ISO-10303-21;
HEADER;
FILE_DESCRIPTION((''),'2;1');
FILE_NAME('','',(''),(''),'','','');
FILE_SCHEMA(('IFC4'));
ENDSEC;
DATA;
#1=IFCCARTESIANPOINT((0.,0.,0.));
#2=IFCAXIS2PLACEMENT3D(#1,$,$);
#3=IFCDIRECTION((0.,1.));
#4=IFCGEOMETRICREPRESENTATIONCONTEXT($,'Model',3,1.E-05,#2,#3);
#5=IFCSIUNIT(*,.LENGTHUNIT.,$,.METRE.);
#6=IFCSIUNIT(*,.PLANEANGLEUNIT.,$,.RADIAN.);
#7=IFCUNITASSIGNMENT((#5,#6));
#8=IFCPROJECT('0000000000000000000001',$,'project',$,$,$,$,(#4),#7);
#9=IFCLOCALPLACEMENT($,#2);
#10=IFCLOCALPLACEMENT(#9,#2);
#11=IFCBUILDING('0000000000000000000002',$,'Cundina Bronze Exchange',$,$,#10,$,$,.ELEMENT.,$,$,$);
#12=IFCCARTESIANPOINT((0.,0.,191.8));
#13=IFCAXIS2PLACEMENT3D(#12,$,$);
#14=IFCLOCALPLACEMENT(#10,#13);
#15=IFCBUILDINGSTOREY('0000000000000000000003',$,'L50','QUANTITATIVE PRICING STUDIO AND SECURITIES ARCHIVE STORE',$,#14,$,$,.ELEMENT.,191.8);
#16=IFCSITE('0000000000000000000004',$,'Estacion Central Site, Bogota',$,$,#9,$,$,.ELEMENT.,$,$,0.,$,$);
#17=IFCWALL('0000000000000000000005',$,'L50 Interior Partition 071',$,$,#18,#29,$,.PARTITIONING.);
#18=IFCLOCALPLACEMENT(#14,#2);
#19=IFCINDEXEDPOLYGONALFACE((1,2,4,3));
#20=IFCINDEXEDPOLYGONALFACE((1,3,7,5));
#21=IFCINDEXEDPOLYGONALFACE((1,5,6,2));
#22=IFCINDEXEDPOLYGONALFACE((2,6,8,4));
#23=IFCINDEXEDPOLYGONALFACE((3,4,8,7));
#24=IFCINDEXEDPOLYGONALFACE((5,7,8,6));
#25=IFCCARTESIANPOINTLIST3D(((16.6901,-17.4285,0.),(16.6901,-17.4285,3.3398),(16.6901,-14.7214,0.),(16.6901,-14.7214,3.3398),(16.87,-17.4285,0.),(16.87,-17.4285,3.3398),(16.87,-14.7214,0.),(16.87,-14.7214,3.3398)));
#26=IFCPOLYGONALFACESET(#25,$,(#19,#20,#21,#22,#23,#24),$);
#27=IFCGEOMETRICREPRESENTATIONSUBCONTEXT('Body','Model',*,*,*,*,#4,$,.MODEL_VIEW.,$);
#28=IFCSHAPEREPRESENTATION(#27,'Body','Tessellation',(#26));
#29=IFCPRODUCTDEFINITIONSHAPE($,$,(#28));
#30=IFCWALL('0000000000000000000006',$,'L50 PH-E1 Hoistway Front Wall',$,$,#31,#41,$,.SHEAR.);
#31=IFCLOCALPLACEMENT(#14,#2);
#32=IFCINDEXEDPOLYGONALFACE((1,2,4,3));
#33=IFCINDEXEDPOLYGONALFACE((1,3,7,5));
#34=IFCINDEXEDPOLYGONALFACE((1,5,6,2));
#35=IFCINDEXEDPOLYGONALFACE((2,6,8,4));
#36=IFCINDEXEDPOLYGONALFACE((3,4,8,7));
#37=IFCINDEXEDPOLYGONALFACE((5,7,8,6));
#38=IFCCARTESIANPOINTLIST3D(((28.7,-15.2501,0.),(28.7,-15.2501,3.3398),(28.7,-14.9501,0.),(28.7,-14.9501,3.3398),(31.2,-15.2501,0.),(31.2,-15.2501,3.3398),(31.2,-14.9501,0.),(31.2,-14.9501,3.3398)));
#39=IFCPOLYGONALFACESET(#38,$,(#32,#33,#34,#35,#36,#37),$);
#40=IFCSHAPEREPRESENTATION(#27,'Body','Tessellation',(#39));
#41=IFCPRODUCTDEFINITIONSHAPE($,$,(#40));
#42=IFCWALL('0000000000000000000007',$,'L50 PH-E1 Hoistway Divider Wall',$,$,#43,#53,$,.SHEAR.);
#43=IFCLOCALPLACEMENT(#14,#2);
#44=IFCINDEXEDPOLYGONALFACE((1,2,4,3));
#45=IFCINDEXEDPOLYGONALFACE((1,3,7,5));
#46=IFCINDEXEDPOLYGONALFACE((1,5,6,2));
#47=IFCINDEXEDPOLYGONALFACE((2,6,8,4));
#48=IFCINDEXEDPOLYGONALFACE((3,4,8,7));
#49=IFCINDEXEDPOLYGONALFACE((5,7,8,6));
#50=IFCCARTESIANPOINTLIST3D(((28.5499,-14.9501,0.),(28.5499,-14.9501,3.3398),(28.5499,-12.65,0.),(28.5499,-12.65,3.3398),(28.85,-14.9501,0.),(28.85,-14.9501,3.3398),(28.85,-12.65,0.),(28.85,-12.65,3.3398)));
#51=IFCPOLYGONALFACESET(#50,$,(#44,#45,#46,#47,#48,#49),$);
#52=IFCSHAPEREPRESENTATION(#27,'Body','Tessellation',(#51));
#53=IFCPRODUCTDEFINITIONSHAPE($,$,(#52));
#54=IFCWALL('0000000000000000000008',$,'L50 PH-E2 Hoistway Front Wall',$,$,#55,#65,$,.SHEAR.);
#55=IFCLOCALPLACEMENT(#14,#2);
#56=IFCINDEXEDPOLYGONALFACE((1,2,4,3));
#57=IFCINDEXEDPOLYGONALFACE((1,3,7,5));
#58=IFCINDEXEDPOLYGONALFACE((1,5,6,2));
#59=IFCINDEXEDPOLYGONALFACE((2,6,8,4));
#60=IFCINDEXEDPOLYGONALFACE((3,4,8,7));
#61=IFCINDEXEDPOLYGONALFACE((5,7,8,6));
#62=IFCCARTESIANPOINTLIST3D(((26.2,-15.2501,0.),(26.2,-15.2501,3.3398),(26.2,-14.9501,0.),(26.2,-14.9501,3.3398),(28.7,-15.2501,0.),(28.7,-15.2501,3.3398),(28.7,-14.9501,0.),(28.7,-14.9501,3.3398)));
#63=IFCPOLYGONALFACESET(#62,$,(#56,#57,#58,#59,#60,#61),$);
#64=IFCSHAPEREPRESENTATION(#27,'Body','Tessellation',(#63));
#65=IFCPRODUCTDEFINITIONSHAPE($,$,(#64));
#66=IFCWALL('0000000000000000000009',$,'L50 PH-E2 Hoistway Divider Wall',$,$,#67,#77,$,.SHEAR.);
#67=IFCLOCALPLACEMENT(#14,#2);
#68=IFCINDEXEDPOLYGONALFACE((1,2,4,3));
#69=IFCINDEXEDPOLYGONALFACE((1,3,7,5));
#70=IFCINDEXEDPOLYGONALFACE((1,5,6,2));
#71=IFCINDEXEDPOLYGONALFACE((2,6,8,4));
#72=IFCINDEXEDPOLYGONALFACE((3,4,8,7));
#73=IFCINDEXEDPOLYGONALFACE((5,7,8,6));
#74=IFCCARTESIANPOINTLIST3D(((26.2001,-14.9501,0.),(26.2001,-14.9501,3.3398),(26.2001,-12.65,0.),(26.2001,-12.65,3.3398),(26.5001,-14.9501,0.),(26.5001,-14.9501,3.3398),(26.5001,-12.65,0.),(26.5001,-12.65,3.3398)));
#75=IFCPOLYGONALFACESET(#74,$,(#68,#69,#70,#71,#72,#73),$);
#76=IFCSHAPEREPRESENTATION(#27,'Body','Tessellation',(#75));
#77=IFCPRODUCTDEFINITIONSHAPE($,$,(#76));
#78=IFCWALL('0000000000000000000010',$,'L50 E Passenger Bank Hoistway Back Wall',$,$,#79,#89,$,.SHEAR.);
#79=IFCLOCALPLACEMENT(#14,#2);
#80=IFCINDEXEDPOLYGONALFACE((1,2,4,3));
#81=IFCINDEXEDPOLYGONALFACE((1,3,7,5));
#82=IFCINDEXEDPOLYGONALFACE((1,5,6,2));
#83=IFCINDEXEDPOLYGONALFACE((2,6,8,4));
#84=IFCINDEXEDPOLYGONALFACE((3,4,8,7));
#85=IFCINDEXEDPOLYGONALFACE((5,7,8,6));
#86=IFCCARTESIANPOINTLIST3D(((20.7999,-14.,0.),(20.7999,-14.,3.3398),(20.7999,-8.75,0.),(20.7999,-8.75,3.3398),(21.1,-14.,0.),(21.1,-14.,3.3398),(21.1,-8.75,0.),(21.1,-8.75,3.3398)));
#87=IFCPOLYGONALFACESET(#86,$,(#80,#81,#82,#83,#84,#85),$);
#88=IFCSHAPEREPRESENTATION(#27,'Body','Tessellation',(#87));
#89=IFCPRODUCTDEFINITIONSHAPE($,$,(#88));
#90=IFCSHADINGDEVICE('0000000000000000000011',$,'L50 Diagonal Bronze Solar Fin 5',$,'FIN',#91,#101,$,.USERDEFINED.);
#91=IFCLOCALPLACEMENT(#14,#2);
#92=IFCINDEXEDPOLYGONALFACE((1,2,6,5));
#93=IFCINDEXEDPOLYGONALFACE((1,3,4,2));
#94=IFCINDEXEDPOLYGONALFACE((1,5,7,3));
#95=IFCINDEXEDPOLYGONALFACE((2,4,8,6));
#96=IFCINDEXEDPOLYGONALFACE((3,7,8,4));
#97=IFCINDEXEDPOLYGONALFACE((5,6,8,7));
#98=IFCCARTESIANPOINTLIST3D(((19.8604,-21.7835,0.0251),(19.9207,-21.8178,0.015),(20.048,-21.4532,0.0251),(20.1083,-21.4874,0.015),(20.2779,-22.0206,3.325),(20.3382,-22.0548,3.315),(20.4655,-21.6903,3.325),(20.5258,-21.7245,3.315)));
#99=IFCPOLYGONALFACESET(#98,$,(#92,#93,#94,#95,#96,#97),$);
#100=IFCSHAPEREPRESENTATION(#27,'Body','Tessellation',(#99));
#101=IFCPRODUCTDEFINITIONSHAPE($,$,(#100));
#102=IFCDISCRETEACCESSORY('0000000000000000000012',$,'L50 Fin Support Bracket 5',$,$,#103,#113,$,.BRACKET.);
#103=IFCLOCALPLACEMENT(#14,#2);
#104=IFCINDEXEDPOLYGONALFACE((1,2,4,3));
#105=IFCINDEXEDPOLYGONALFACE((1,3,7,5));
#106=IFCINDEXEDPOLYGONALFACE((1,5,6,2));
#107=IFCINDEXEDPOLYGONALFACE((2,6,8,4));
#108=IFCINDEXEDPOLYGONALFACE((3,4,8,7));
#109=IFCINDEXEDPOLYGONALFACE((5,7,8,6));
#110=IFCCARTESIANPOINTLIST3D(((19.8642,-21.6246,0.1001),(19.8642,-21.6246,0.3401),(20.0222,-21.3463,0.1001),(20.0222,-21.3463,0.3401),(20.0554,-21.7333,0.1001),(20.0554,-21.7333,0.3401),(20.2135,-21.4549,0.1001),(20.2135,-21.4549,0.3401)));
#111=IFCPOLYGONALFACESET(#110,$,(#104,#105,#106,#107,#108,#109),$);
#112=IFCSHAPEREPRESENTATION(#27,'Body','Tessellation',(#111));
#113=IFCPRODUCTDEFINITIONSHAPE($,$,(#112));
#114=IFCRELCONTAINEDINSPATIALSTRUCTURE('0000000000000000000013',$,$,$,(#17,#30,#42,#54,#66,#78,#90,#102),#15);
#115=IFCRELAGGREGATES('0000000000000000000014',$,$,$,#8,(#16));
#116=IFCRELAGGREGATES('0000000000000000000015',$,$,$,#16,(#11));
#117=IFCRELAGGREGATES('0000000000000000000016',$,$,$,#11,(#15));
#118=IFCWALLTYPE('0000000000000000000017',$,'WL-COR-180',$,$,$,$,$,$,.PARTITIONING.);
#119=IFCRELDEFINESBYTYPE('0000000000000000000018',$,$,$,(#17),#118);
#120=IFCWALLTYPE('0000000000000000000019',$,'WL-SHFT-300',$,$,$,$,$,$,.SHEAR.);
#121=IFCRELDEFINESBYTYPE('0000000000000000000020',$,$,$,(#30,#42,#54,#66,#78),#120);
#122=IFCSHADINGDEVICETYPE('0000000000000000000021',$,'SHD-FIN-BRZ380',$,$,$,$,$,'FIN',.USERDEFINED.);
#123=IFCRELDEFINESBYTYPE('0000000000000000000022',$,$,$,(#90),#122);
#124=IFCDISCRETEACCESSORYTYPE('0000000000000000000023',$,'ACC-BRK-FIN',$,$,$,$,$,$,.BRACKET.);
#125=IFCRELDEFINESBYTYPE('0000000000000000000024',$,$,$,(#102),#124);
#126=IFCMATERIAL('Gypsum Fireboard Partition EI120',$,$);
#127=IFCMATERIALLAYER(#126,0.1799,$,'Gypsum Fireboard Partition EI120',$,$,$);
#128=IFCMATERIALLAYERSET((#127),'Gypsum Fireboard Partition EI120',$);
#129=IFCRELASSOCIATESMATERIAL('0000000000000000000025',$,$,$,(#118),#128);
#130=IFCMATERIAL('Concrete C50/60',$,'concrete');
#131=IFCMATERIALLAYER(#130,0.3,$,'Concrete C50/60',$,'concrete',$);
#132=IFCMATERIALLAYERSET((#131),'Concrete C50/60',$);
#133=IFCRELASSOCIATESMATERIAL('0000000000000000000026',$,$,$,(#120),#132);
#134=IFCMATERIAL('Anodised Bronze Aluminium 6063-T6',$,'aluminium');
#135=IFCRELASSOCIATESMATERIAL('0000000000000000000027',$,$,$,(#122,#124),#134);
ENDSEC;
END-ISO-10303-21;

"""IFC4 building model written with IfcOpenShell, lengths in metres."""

from ifc_helpers import new_model, si_unit, direction, frame, frame_2d, origin, origin_2d, place, context, subcontext, project, spatial, rectangle, extrude, material, layer, layer_set, material_profile, profile_set, type_object, element, save


model = new_model("IFC4")

# Units and contexts
model_context = context("Model", 3, precision=1e-05, world=origin(), true_north=direction((0.0, 1.0)))
body_context = subcontext(model_context, "Body", "Model", "MODEL_VIEW")
ifc_project = project(units=[si_unit("LENGTHUNIT", "METRE"), si_unit("PLANEANGLEUNIT", "RADIAN")], contexts=[model_context])

# Site, building, storey
site_placement = place(None, origin())
site = spatial("IfcSite", under=ifc_project, at=site_placement, Name="Estacion Central Site, Bogota", CompositionType="ELEMENT", RefElevation=0.0)
building_placement = place(site_placement, origin())
building = spatial("IfcBuilding", under=site, at=building_placement, Name="Cundina Bronze Exchange", CompositionType="ELEMENT")
storey_placement = place(building_placement, frame((0.0, 0.0, 191.8)))
storey = spatial("IfcBuildingStorey", under=building, at=storey_placement, Name="L50", Description="QUANTITATIVE PRICING STUDIO AND SECURITIES ARCHIVE STORE", CompositionType="ELEMENT", Elevation=191.8)

# Shared definitions
ifc_material_1 = material(Name="Concrete C50/60", Category="concrete")

# Shared definitions
ifc_material_2 = material(Name="Anodised Bronze Aluminium 6063-T6", Category="aluminium")

# Shared definitions
ifc_material_3 = material(Name="Gypsum Fireboard Partition EI120")
ifc_layer_1 = layer(ifc_material_3, 0.1799, Name="Gypsum Fireboard Partition EI120")
ifc_layer_set_1 = layer_set([ifc_layer_1], Name="Gypsum Fireboard Partition EI120")
wall_type_1 = type_object("IfcWallType", Name="WL-COR-180", PredefinedType="PARTITIONING", material=ifc_layer_set_1)

# Walls
wall_1_placement = place(storey_placement, frame((16.78, -14.7214, 0.0), z_axis=(0.0, 0.0, 1.0), x_axis=(0.0, -1.0, 0.0)))
element("IfcWall", 1, at=wall_1_placement, inside=storey, type_object=wall_type_1, Name="L50 Interior Partition 071", PredefinedType="PARTITIONING", context=body_context, shape_type="SweptSolid", body=[
    extrude(rectangle(XDim=2.707, YDim=0.1799, at=frame_2d((1.3535, 0.0))), origin(), (0.0, 0.0, 1.0), 3.3398),
])
ifc_layer_2 = layer(ifc_material_1, 0.3, Name="Concrete C50/60", Category="concrete")
ifc_layer_set_2 = layer_set([ifc_layer_2], Name="Concrete C50/60")
wall_type_2 = type_object("IfcWallType", Name="WL-SHFT-300", PredefinedType="SHEAR", material=ifc_layer_set_2)
wall_2_placement = place(storey_placement, frame((28.7, -15.1001, 0.0), z_axis=(0.0, 0.0, 1.0), x_axis=(1.0, 0.0, 0.0)))
element("IfcWall", 2, at=wall_2_placement, inside=storey, type_object=wall_type_2, Name="L50 PH-E1 Hoistway Front Wall", PredefinedType="SHEAR", context=body_context, shape_type="SweptSolid", body=[
    extrude(rectangle(XDim=2.5, YDim=0.3, at=frame_2d((1.25, 0.0))), origin(), (0.0, 0.0, 1.0), 3.3398),
])
wall_3_placement = place(storey_placement, frame((28.7, -14.95, 0.0), z_axis=(0.0, 0.0, 1.0), x_axis=(0.0, 1.0, 0.0)))
element("IfcWall", 3, at=wall_3_placement, inside=storey, type_object=wall_type_2, Name="L50 PH-E1 Hoistway Divider Wall", PredefinedType="SHEAR", context=body_context, shape_type="SweptSolid", body=[
    extrude(rectangle(XDim=2.3, YDim=0.3, at=frame_2d((1.1499, 0.0))), origin(), (0.0, 0.0, 1.0), 3.3398),
])
wall_4_placement = place(storey_placement, frame((26.2, -15.1001, 0.0), z_axis=(0.0, 0.0, 1.0), x_axis=(1.0, 0.0, 0.0)))
element("IfcWall", 4, at=wall_4_placement, inside=storey, type_object=wall_type_2, Name="L50 PH-E2 Hoistway Front Wall", PredefinedType="SHEAR", context=body_context, shape_type="SweptSolid", body=[
    extrude(rectangle(XDim=2.5, YDim=0.3, at=frame_2d((1.25, 0.0))), origin(), (0.0, 0.0, 1.0), 3.3398),
])
wall_5_placement = place(storey_placement, frame((26.3501, -14.95, 0.0), z_axis=(0.0, 0.0, 1.0), x_axis=(0.0, 1.0, 0.0)))
element("IfcWall", 5, at=wall_5_placement, inside=storey, type_object=wall_type_2, Name="L50 PH-E2 Hoistway Divider Wall", PredefinedType="SHEAR", context=body_context, shape_type="SweptSolid", body=[
    extrude(rectangle(XDim=2.3, YDim=0.3, at=frame_2d((1.1499, 0.0))), origin(), (0.0, 0.0, 1.0), 3.3398),
])
wall_6_placement = place(storey_placement, frame((20.95, -14.0, 0.0), z_axis=(0.0, 0.0, 1.0), x_axis=(0.0, 1.0, 0.0)))
element("IfcWall", 6, at=wall_6_placement, inside=storey, type_object=wall_type_2, Name="L50 E Passenger Bank Hoistway Back Wall", PredefinedType="SHEAR", context=body_context, shape_type="SweptSolid", body=[
    extrude(rectangle(XDim=5.25, YDim=0.3, at=frame_2d((2.625, 0.0))), origin(), (0.0, 0.0, 1.0), 3.3398),
])

# Shading device
ifc_material_profile_1 = material_profile(ifc_material_2, rectangle(XDim=0.0701, YDim=0.3799, at=origin_2d()), Name="FIN70X380", Category="aluminium")
ifc_profile_set_1 = profile_set([ifc_material_profile_1], Name="Anodised Bronze Aluminium 6063-T6")
shading_device_type = type_object("IfcShadingDeviceType", Name="SHD-FIN-BRZ380", ElementType="FIN", PredefinedType="USERDEFINED", material=ifc_profile_set_1)
shading_device_placement = place(storey_placement, frame((19.9844, -21.6355, 0.02), z_axis=(0.12519, -0.071087, 0.989583), x_axis=(-0.860527, 0.488638, 0.143965)))
element("IfcShadingDevice", 7, at=shading_device_placement, inside=storey, type_object=shading_device_type, Name="L50 Diagonal Bronze Solar Fin 5", ObjectType="FIN", PredefinedType="USERDEFINED", context=body_context, shape_type="SweptSolid", body=[
    extrude(rectangle(XDim=0.0701, YDim=0.3799, at=origin_2d()), origin(), (0.0, 0.0, 1.0), 3.3347),
])

# Discrete accessory
discrete_accessory_type = type_object("IfcDiscreteAccessoryType", Name="ACC-BRK-FIN", PredefinedType="BRACKET", material=ifc_material_2)
discrete_accessory_placement = place(storey_placement, frame((20.0388, -21.5398, 0.1001), z_axis=(0.0, 0.0, 1.0), x_axis=(0.869573, -0.493805, 0.0)))
element("IfcDiscreteAccessory", 8, at=discrete_accessory_placement, inside=storey, type_object=discrete_accessory_type, Name="L50 Fin Support Bracket 5", PredefinedType="BRACKET", context=body_context, shape_type="SweptSolid", body=[
    extrude(rectangle(XDim=0.22, YDim=0.3201, at=origin_2d()), origin(), (0.0, 0.0, 1.0), 0.24),
])

save(model, "model.ifc")
